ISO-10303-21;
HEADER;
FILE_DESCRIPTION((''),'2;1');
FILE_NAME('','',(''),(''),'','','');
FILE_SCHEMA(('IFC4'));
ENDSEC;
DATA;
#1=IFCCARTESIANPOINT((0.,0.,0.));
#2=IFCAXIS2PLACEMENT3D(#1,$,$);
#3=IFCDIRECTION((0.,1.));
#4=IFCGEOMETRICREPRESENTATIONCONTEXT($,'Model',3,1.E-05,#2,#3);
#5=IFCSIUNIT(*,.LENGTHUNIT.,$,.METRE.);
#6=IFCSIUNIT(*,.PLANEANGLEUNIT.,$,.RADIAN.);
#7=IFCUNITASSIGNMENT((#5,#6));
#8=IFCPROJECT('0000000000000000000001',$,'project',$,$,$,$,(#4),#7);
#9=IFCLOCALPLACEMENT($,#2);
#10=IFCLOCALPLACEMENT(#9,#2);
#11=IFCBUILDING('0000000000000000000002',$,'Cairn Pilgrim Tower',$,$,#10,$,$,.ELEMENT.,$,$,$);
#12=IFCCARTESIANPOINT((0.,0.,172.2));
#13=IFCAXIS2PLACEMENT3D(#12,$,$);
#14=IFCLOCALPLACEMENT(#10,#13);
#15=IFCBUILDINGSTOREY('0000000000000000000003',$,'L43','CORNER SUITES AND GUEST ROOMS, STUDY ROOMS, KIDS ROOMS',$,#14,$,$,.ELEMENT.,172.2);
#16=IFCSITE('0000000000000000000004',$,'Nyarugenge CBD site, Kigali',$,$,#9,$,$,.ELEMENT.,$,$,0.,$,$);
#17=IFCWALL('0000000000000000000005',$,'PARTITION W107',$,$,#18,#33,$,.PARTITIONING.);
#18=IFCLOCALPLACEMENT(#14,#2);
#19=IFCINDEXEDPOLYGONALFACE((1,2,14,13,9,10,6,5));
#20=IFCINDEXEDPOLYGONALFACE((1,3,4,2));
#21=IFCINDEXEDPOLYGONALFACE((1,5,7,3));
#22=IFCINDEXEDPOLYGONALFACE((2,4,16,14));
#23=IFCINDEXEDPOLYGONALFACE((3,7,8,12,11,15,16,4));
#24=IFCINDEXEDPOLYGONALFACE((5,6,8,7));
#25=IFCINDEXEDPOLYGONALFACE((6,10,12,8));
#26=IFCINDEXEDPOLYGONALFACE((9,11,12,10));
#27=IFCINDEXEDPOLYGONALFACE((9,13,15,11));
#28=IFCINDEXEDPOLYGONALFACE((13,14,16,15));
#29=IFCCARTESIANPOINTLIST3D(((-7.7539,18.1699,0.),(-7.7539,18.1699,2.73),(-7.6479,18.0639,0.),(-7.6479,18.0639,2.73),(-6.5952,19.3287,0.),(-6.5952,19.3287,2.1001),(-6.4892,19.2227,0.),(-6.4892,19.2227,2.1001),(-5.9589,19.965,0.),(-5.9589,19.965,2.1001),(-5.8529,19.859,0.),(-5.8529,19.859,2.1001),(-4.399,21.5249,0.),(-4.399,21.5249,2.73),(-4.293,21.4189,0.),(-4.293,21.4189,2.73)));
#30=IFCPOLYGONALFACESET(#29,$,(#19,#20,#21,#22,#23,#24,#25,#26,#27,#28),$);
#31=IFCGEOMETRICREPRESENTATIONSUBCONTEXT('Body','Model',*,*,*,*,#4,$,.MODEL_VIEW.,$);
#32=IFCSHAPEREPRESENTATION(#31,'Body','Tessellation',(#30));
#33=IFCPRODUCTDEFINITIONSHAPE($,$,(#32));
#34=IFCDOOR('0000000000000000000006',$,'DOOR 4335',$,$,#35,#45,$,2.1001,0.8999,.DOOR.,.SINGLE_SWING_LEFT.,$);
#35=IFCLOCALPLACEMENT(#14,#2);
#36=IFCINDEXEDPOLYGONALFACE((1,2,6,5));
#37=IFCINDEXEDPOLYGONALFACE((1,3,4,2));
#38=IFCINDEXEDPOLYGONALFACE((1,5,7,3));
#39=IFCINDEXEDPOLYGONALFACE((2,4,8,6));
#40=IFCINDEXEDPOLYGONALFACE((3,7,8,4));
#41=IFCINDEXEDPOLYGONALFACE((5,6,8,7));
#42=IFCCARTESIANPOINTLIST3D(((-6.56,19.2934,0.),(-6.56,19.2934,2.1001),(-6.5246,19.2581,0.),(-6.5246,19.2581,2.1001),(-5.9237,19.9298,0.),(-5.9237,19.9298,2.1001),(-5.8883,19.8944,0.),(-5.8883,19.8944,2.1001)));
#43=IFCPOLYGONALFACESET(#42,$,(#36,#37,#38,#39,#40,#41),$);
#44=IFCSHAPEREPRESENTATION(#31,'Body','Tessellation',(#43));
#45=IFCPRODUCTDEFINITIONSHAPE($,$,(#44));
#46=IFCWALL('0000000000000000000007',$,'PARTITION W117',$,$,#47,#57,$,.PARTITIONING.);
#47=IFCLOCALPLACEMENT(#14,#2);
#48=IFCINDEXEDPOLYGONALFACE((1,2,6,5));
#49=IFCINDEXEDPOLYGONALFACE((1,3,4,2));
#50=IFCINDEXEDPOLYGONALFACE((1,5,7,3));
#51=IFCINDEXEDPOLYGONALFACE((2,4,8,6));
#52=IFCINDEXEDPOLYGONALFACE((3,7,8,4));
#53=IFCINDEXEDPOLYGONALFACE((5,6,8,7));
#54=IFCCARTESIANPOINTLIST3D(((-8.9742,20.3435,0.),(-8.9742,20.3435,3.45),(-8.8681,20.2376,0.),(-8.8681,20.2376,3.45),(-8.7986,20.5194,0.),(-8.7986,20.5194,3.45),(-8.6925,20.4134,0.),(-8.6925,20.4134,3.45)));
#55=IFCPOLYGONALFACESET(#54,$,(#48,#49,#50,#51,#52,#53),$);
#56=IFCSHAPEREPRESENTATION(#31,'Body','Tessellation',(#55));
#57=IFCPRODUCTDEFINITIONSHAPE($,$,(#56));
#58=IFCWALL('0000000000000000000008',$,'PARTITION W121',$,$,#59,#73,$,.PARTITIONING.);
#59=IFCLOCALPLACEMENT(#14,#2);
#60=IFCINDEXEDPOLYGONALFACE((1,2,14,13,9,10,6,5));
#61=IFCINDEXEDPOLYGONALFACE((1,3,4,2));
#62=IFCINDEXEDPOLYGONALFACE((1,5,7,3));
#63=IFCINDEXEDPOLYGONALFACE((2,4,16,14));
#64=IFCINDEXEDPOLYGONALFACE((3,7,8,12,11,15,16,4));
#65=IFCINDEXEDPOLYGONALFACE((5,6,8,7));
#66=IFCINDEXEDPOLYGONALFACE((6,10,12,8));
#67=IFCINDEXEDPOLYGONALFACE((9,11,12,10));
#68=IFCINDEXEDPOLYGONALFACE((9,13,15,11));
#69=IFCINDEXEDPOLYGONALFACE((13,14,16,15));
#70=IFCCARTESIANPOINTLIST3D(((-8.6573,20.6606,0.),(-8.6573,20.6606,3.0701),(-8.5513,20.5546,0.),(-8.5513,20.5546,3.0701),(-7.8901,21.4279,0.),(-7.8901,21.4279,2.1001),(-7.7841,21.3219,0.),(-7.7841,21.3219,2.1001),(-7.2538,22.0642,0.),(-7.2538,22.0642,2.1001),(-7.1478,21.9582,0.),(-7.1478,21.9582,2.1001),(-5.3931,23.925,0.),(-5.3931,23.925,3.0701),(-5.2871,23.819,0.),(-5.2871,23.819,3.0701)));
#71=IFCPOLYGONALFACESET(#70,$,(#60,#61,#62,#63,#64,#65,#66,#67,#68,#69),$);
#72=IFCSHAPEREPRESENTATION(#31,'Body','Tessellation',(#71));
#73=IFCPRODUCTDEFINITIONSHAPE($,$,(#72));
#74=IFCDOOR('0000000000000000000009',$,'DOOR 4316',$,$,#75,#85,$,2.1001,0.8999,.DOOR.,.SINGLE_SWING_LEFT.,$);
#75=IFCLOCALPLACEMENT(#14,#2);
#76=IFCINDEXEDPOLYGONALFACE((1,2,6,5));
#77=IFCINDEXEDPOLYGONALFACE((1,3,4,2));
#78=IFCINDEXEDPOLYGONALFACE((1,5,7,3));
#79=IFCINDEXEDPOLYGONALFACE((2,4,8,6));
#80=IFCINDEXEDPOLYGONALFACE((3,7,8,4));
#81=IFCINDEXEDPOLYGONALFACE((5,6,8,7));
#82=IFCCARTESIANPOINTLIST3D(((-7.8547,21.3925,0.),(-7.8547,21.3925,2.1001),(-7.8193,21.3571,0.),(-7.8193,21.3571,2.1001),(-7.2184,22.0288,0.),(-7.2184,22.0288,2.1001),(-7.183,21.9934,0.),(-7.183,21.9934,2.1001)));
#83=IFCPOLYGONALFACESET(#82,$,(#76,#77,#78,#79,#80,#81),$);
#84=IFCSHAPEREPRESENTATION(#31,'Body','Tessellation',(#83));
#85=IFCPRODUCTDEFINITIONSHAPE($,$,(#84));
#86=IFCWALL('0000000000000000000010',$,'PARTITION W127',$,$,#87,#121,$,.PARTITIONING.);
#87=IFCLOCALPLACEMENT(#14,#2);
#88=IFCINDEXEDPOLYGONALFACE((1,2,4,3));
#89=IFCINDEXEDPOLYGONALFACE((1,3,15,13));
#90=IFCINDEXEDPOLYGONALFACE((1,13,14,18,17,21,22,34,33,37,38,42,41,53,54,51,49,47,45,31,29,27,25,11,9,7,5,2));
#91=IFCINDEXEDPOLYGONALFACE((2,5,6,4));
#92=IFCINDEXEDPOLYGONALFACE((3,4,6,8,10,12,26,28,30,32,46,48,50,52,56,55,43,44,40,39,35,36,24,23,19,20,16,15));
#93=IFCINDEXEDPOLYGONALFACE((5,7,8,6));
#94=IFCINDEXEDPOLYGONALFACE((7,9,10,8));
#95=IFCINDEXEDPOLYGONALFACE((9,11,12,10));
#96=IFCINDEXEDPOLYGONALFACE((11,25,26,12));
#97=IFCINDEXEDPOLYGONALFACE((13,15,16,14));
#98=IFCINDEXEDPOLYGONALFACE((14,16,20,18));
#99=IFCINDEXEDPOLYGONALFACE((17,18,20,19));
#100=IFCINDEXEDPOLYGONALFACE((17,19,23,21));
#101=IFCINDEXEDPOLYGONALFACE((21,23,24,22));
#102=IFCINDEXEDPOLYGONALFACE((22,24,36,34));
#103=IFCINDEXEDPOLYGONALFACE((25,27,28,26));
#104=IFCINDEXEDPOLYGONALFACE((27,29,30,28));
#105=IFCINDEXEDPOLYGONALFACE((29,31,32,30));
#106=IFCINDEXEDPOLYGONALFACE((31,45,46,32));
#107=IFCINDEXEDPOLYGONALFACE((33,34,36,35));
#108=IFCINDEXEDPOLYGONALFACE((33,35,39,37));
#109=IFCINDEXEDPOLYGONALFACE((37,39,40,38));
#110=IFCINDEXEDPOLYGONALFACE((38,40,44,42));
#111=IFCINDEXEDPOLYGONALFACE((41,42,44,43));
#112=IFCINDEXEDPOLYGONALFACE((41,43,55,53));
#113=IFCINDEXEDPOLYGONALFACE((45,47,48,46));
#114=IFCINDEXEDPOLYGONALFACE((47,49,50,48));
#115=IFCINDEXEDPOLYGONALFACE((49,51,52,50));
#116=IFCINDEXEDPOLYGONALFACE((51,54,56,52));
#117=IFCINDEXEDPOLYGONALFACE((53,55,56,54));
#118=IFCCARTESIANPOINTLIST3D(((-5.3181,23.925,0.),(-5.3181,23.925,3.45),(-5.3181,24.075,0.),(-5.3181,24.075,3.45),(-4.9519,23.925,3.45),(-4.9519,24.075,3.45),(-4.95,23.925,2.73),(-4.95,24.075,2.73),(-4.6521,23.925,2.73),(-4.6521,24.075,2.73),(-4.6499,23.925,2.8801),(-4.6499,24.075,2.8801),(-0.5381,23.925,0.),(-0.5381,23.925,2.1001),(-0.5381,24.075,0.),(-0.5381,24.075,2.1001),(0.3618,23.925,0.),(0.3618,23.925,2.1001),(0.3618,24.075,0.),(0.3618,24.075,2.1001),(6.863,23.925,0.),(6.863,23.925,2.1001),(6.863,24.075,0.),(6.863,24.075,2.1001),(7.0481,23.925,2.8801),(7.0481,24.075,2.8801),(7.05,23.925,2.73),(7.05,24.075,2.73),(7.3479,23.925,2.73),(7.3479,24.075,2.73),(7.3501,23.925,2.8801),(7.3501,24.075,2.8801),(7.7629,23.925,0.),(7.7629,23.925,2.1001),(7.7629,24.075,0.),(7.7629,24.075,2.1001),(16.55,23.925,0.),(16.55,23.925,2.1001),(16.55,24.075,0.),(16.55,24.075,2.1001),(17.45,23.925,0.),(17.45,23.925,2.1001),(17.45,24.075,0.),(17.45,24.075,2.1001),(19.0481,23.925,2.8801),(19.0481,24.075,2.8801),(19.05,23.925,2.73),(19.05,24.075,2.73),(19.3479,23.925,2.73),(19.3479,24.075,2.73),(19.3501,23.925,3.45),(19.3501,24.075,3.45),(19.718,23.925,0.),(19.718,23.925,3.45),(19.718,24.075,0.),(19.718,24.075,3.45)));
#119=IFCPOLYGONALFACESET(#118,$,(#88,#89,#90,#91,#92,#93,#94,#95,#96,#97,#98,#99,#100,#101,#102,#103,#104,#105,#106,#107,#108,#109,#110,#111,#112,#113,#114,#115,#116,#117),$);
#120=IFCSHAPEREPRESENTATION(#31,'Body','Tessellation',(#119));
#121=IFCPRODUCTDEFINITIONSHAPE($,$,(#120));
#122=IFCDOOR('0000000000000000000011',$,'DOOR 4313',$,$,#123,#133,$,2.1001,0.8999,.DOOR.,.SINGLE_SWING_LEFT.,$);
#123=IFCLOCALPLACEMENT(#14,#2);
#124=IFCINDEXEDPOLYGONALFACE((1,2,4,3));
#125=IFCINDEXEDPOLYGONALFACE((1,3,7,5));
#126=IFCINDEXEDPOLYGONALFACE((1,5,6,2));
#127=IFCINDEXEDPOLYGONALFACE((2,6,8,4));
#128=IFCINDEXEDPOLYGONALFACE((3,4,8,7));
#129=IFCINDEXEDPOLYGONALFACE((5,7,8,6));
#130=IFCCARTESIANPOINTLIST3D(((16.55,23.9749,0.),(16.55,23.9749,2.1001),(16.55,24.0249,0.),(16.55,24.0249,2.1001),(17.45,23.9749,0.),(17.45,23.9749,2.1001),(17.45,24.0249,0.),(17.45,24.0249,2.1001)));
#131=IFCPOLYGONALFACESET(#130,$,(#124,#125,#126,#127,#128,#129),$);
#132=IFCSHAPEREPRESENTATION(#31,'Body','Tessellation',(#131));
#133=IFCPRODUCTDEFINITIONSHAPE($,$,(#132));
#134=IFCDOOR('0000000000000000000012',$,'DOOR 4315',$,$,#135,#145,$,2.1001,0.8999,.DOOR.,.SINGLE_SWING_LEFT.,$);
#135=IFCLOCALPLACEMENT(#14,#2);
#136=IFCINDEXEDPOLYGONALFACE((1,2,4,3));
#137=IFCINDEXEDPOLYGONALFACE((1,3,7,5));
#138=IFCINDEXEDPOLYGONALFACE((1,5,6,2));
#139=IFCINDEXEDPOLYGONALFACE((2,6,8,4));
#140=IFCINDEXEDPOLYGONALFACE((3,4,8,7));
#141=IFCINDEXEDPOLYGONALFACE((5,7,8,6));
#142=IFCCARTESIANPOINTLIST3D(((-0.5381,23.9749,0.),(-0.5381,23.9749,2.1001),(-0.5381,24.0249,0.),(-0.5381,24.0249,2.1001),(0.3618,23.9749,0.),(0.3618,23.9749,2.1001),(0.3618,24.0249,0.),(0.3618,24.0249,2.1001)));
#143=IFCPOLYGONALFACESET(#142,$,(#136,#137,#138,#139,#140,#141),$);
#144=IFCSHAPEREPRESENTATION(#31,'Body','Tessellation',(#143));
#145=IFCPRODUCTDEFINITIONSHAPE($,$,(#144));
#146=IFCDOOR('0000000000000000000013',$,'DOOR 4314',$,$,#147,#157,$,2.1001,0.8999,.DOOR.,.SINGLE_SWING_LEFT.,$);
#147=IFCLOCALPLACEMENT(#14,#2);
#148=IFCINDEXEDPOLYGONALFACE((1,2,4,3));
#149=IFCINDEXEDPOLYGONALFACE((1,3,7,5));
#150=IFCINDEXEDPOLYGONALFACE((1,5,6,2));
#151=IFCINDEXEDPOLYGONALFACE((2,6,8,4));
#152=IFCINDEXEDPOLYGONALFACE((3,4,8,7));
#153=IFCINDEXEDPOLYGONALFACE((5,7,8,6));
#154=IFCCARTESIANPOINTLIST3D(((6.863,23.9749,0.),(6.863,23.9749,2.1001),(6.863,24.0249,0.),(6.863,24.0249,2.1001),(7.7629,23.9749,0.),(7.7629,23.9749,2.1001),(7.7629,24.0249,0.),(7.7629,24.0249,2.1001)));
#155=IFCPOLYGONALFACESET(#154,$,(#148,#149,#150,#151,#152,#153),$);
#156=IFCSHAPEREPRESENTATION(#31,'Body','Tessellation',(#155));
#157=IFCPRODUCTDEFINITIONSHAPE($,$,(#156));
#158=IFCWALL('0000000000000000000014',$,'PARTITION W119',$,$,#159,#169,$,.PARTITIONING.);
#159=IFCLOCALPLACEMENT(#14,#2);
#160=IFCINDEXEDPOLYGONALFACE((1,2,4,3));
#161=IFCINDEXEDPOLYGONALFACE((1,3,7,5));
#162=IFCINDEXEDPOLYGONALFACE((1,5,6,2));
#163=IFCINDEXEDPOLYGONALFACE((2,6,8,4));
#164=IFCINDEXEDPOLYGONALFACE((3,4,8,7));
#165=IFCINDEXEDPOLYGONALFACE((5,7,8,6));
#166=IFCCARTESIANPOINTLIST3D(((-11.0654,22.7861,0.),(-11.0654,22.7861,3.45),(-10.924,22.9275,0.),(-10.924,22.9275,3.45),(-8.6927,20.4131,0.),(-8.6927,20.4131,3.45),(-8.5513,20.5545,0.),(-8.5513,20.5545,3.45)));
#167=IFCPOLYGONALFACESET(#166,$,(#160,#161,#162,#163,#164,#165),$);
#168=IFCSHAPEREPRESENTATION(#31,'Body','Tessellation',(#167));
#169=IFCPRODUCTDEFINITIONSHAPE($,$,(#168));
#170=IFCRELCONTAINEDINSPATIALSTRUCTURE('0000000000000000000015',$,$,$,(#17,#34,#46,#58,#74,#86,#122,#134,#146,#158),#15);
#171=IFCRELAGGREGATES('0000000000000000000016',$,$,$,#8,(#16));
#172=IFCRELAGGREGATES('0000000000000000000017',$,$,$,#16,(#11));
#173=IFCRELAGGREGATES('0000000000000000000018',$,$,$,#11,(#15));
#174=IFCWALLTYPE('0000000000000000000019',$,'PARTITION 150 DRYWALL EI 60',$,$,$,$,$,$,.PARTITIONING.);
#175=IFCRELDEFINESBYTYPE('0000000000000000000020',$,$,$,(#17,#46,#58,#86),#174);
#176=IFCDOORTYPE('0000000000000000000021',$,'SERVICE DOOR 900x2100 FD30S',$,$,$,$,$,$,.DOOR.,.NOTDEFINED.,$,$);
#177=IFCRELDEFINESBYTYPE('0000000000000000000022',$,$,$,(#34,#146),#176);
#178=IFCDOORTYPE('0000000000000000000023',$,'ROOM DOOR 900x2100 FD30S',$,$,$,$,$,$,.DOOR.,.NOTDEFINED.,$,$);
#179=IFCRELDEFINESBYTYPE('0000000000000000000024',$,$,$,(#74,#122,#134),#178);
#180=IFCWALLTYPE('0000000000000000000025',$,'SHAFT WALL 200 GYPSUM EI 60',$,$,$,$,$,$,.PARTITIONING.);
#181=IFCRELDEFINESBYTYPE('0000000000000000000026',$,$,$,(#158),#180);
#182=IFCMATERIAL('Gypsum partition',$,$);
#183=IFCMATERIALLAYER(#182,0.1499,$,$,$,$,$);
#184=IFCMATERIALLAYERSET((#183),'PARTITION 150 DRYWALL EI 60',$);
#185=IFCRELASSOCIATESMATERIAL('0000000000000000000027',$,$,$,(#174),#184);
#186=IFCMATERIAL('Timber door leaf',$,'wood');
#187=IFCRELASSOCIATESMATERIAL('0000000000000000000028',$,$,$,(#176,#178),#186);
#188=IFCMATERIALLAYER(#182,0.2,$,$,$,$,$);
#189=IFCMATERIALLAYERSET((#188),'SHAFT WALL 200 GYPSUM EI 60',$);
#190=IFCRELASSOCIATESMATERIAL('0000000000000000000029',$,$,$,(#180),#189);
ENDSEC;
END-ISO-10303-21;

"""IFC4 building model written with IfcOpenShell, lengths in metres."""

from ifc_helpers import new_model, si_unit, direction, frame, frame_2d, origin, place, context, subcontext, project, spatial, polyline, rectangle, outline, extrude, material, layer, layer_set, type_object, element, fill, save


model = new_model("IFC4")

# Units and contexts
model_context = context("Model", 3, precision=1e-05, world=origin(), true_north=direction((0.0, 1.0)))
body_context = subcontext(model_context, "Body", "Model", "MODEL_VIEW")
ifc_project = project(units=[si_unit("LENGTHUNIT", "METRE"), si_unit("PLANEANGLEUNIT", "RADIAN")], contexts=[model_context])

# Site, building, storey
site_placement = place(None, origin())
site = spatial("IfcSite", under=ifc_project, at=site_placement, Name="Nyarugenge CBD site, Kigali", CompositionType="ELEMENT", RefElevation=0.0)
building_placement = place(site_placement, origin())
building = spatial("IfcBuilding", under=site, at=building_placement, Name="Cairn Pilgrim Tower", CompositionType="ELEMENT")
storey_placement = place(building_placement, frame((0.0, 0.0, 172.2)))
storey = spatial("IfcBuildingStorey", under=building, at=storey_placement, Name="L43", Description="CORNER SUITES AND GUEST ROOMS, STUDY ROOMS, KIDS ROOMS", CompositionType="ELEMENT", Elevation=172.2)

# Shared definitions
ifc_material_1 = material(Name="Gypsum partition")

# Shared definitions
ifc_material_2 = material(Name="Timber door leaf", Category="wood")

# Shared definitions
ifc_layer_1 = layer(ifc_material_1, 0.1499)
ifc_layer_set_1 = layer_set([ifc_layer_1], Name="PARTITION 150 DRYWALL EI 60")
wall_type_1 = type_object("IfcWallType", Name="PARTITION 150 DRYWALL EI 60", PredefinedType="PARTITIONING", material=ifc_layer_set_1)

# Wall, opening, door
wall_1_placement = place(storey_placement, frame((-7.7009, 18.1169, 0.0), z_axis=(0.0, 0.0, 1.0), x_axis=(0.707107, 0.707107, 0.0)))
wall_1 = element("IfcWall", 1, at=wall_1_placement, inside=storey, type_object=wall_type_1, Name="PARTITION W107", PredefinedType="PARTITIONING", context=body_context, shape_type="SweptSolid", body=[
    extrude(rectangle(XDim=4.7446, YDim=0.1499, at=frame_2d((2.3723, 0.0))), origin(), (0.0, 0.0, 1.0), 2.73),
])
opening_1_placement = place(wall_1_placement, frame((1.6387, 0.0, 0.0)))
opening_1 = element("IfcOpeningElement", 2, at=opening_1_placement, cuts=wall_1, PredefinedType="OPENING", context=body_context, shape_type="SweptSolid", body=[
    extrude(rectangle(XDim=0.8999, YDim=2.1001, at=frame_2d((0.45, 1.05))), frame((0.0, 0.085, 0.0), z_axis=(0.0, -1.0, 0.0), x_axis=(1.0, 0.0, 0.0)), (0.0, 0.0, 1.0), 0.1699),
])
door_type_1 = type_object("IfcDoorType", Name="SERVICE DOOR 900x2100 FD30S", OperationType="NOTDEFINED", PredefinedType="DOOR", material=ifc_material_2)
door_1_placement = place(opening_1_placement, frame((0.8999, 0.0, 0.0), z_axis=(0.0, 0.0, 1.0), x_axis=(-1.0, 0.0, 0.0)))
door_1 = element("IfcDoor", 3, at=door_1_placement, inside=storey, type_object=door_type_1, Name="DOOR 4335", OperationType="SINGLE_SWING_LEFT", OverallHeight=2.1001, OverallWidth=0.8999, PredefinedType="DOOR", context=body_context, shape_type="SweptSolid", body=[
    extrude(rectangle(XDim=0.8999, YDim=2.1001, at=frame_2d((0.45, 1.05))), frame((0.0, 0.0249, 0.0), z_axis=(0.0, -1.0, 0.0), x_axis=(1.0, 0.0, 0.0)), (0.0, 0.0, 1.0), 0.05),
])
fill(opening_1, door_1)

# Wall
wall_2_placement = place(storey_placement, frame((-8.9211, 20.2905, 0.0), z_axis=(0.0, 0.0, 1.0), x_axis=(0.706615, 0.707598, 0.0)))
element("IfcWall", 4, at=wall_2_placement, inside=storey, type_object=wall_type_1, Name="PARTITION W117", PredefinedType="PARTITIONING", context=body_context, shape_type="SweptSolid", body=[
    extrude(rectangle(XDim=0.2485, YDim=0.1499, at=frame_2d((0.1243, 0.0))), origin(), (0.0, 0.0, 1.0), 3.45),
])

# Wall, opening, door
wall_3_placement = place(storey_placement, frame((-8.6042, 20.6077, 0.0), z_axis=(0.0, 0.0, 1.0), x_axis=(0.70708, 0.707133, 0.0)))
wall_3 = element("IfcWall", 5, at=wall_3_placement, inside=storey, type_object=wall_type_1, Name="PARTITION W121", PredefinedType="PARTITIONING", context=body_context, shape_type="SweptSolid", body=[
    extrude(rectangle(XDim=4.6165, YDim=0.1499, at=frame_2d((2.3081, 0.0))), origin(), (0.0, 0.0, 1.0), 3.0701),
])
opening_2_placement = place(wall_3_placement, frame((1.085, 0.0, 0.0)))
opening_2 = element("IfcOpeningElement", 6, at=opening_2_placement, cuts=wall_3, PredefinedType="OPENING", context=body_context, shape_type="SweptSolid", body=[
    extrude(rectangle(XDim=0.8999, YDim=2.1001, at=frame_2d((0.45, 1.05))), frame((0.0, 0.085, 0.0), z_axis=(0.0, -1.0, 0.0), x_axis=(1.0, 0.0, 0.0)), (0.0, 0.0, 1.0), 0.1699),
])
door_type_2 = type_object("IfcDoorType", Name="ROOM DOOR 900x2100 FD30S", OperationType="NOTDEFINED", PredefinedType="DOOR", material=ifc_material_2)
door_2_placement = place(opening_2_placement, origin())
door_2 = element("IfcDoor", 7, at=door_2_placement, inside=storey, type_object=door_type_2, Name="DOOR 4316", OperationType="SINGLE_SWING_LEFT", OverallHeight=2.1001, OverallWidth=0.8999, PredefinedType="DOOR", context=body_context, shape_type="SweptSolid", body=[
    extrude(rectangle(XDim=0.8999, YDim=2.1001, at=frame_2d((0.45, 1.05))), frame((0.0, 0.0249, 0.0), z_axis=(0.0, -1.0, 0.0), x_axis=(1.0, 0.0, 0.0)), (0.0, 0.0, 1.0), 0.05),
])
fill(opening_2, door_2)

# Wall, openings, doors
wall_4_placement = place(storey_placement, frame((-5.3181, 24.0, 0.0), z_axis=(0.0, 0.0, 1.0), x_axis=(1.0, 0.0, 0.0)))
wall_4 = element("IfcWall", 8, at=wall_4_placement, inside=storey, type_object=wall_type_1, Name="PARTITION W127", PredefinedType="PARTITIONING", context=body_context, shape_type="SweptSolid", body=[
    extrude(outline(polyline([(0.0, 0.0), (25.0361, 0.0), (25.0361, 3.45), (24.6682, 3.45), (24.666, 2.73), (24.3682, 2.73), (24.3662, 2.8801), (12.6682, 2.8801), (12.666, 2.73), (12.3682, 2.73), (12.3662, 2.8801), (0.6682, 2.8801), (0.666, 2.73), (0.3682, 2.73), (0.3662, 3.45), (0.0, 3.45), (0.0, 0.0)])), frame((0.0, 0.075, 0.0), z_axis=(0.0, -1.0, 0.0), x_axis=(1.0, 0.0, 0.0)), (0.0, 0.0, 1.0), 0.1499),
])
opening_3_placement = place(wall_4_placement, frame((21.8682, 0.0, 0.0)))
opening_3 = element("IfcOpeningElement", 9, at=opening_3_placement, cuts=wall_4, PredefinedType="OPENING", context=body_context, shape_type="SweptSolid", body=[
    extrude(rectangle(XDim=0.8999, YDim=2.1001, at=frame_2d((0.45, 1.05))), frame((0.0, 0.085, 0.0), z_axis=(0.0, -1.0, 0.0), x_axis=(1.0, 0.0, 0.0)), (0.0, 0.0, 1.0), 0.1699),
])
opening_4_placement = place(wall_4_placement, frame((12.1812, 0.0, 0.0)))
opening_4 = element("IfcOpeningElement", 10, at=opening_4_placement, cuts=wall_4, PredefinedType="OPENING", context=body_context, shape_type="SweptSolid", body=[
    extrude(rectangle(XDim=0.8999, YDim=2.1001, at=frame_2d((0.45, 1.05))), frame((0.0, 0.085, 0.0), z_axis=(0.0, -1.0, 0.0), x_axis=(1.0, 0.0, 0.0)), (0.0, 0.0, 1.0), 0.1699),
])
opening_5_placement = place(wall_4_placement, frame((4.78, 0.0, 0.0)))
opening_5 = element("IfcOpeningElement", 11, at=opening_5_placement, cuts=wall_4, PredefinedType="OPENING", context=body_context, shape_type="SweptSolid", body=[
    extrude(rectangle(XDim=0.8999, YDim=2.1001, at=frame_2d((0.45, 1.05))), frame((0.0, 0.085, 0.0), z_axis=(0.0, -1.0, 0.0), x_axis=(1.0, 0.0, 0.0)), (0.0, 0.0, 1.0), 0.1699),
])
door_3_placement = place(opening_3_placement, origin())
door_3 = element("IfcDoor", 12, at=door_3_placement, inside=storey, type_object=door_type_2, Name="DOOR 4313", OperationType="SINGLE_SWING_LEFT", OverallHeight=2.1001, OverallWidth=0.8999, PredefinedType="DOOR", context=body_context, shape_type="SweptSolid", body=[
    extrude(rectangle(XDim=0.8999, YDim=2.1001, at=frame_2d((0.45, 1.05))), frame((0.0, 0.0249, 0.0), z_axis=(0.0, -1.0, 0.0), x_axis=(1.0, 0.0, 0.0)), (0.0, 0.0, 1.0), 0.05),
])
fill(opening_3, door_3)
door_4_placement = place(opening_5_placement, origin())
door_4 = element("IfcDoor", 13, at=door_4_placement, inside=storey, type_object=door_type_2, Name="DOOR 4315", OperationType="SINGLE_SWING_LEFT", OverallHeight=2.1001, OverallWidth=0.8999, PredefinedType="DOOR", context=body_context, shape_type="SweptSolid", body=[
    extrude(rectangle(XDim=0.8999, YDim=2.1001, at=frame_2d((0.45, 1.05))), frame((0.0, 0.0249, 0.0), z_axis=(0.0, -1.0, 0.0), x_axis=(1.0, 0.0, 0.0)), (0.0, 0.0, 1.0), 0.05),
])
fill(opening_5, door_4)
door_5_placement = place(opening_4_placement, origin())
door_5 = element("IfcDoor", 14, at=door_5_placement, inside=storey, type_object=door_type_1, Name="DOOR 4314", OperationType="SINGLE_SWING_LEFT", OverallHeight=2.1001, OverallWidth=0.8999, PredefinedType="DOOR", context=body_context, shape_type="SweptSolid", body=[
    extrude(rectangle(XDim=0.8999, YDim=2.1001, at=frame_2d((0.45, 1.05))), frame((0.0, 0.0249, 0.0), z_axis=(0.0, -1.0, 0.0), x_axis=(1.0, 0.0, 0.0)), (0.0, 0.0, 1.0), 0.05),
])
fill(opening_4, door_5)

# Wall
ifc_layer_2 = layer(ifc_material_1, 0.2)
ifc_layer_set_2 = layer_set([ifc_layer_2], Name="SHAFT WALL 200 GYPSUM EI 60")
wall_type_2 = type_object("IfcWallType", Name="SHAFT WALL 200 GYPSUM EI 60", PredefinedType="PARTITIONING", material=ifc_layer_set_2)
wall_5_placement = place(storey_placement, frame((-8.6221, 20.4839, 0.0), z_axis=(0.0, 0.0, 1.0), x_axis=(-0.70707, 0.707143, 0.0)))
element("IfcWall", 15, at=wall_5_placement, inside=storey, type_object=wall_type_2, Name="PARTITION W119", PredefinedType="PARTITIONING", context=body_context, shape_type="SweptSolid", body=[
    extrude(rectangle(XDim=3.3557, YDim=0.2, at=frame_2d((1.6777, 0.0))), origin(), (0.0, 0.0, 1.0), 3.45),
])

save(model, "model.ifc")
